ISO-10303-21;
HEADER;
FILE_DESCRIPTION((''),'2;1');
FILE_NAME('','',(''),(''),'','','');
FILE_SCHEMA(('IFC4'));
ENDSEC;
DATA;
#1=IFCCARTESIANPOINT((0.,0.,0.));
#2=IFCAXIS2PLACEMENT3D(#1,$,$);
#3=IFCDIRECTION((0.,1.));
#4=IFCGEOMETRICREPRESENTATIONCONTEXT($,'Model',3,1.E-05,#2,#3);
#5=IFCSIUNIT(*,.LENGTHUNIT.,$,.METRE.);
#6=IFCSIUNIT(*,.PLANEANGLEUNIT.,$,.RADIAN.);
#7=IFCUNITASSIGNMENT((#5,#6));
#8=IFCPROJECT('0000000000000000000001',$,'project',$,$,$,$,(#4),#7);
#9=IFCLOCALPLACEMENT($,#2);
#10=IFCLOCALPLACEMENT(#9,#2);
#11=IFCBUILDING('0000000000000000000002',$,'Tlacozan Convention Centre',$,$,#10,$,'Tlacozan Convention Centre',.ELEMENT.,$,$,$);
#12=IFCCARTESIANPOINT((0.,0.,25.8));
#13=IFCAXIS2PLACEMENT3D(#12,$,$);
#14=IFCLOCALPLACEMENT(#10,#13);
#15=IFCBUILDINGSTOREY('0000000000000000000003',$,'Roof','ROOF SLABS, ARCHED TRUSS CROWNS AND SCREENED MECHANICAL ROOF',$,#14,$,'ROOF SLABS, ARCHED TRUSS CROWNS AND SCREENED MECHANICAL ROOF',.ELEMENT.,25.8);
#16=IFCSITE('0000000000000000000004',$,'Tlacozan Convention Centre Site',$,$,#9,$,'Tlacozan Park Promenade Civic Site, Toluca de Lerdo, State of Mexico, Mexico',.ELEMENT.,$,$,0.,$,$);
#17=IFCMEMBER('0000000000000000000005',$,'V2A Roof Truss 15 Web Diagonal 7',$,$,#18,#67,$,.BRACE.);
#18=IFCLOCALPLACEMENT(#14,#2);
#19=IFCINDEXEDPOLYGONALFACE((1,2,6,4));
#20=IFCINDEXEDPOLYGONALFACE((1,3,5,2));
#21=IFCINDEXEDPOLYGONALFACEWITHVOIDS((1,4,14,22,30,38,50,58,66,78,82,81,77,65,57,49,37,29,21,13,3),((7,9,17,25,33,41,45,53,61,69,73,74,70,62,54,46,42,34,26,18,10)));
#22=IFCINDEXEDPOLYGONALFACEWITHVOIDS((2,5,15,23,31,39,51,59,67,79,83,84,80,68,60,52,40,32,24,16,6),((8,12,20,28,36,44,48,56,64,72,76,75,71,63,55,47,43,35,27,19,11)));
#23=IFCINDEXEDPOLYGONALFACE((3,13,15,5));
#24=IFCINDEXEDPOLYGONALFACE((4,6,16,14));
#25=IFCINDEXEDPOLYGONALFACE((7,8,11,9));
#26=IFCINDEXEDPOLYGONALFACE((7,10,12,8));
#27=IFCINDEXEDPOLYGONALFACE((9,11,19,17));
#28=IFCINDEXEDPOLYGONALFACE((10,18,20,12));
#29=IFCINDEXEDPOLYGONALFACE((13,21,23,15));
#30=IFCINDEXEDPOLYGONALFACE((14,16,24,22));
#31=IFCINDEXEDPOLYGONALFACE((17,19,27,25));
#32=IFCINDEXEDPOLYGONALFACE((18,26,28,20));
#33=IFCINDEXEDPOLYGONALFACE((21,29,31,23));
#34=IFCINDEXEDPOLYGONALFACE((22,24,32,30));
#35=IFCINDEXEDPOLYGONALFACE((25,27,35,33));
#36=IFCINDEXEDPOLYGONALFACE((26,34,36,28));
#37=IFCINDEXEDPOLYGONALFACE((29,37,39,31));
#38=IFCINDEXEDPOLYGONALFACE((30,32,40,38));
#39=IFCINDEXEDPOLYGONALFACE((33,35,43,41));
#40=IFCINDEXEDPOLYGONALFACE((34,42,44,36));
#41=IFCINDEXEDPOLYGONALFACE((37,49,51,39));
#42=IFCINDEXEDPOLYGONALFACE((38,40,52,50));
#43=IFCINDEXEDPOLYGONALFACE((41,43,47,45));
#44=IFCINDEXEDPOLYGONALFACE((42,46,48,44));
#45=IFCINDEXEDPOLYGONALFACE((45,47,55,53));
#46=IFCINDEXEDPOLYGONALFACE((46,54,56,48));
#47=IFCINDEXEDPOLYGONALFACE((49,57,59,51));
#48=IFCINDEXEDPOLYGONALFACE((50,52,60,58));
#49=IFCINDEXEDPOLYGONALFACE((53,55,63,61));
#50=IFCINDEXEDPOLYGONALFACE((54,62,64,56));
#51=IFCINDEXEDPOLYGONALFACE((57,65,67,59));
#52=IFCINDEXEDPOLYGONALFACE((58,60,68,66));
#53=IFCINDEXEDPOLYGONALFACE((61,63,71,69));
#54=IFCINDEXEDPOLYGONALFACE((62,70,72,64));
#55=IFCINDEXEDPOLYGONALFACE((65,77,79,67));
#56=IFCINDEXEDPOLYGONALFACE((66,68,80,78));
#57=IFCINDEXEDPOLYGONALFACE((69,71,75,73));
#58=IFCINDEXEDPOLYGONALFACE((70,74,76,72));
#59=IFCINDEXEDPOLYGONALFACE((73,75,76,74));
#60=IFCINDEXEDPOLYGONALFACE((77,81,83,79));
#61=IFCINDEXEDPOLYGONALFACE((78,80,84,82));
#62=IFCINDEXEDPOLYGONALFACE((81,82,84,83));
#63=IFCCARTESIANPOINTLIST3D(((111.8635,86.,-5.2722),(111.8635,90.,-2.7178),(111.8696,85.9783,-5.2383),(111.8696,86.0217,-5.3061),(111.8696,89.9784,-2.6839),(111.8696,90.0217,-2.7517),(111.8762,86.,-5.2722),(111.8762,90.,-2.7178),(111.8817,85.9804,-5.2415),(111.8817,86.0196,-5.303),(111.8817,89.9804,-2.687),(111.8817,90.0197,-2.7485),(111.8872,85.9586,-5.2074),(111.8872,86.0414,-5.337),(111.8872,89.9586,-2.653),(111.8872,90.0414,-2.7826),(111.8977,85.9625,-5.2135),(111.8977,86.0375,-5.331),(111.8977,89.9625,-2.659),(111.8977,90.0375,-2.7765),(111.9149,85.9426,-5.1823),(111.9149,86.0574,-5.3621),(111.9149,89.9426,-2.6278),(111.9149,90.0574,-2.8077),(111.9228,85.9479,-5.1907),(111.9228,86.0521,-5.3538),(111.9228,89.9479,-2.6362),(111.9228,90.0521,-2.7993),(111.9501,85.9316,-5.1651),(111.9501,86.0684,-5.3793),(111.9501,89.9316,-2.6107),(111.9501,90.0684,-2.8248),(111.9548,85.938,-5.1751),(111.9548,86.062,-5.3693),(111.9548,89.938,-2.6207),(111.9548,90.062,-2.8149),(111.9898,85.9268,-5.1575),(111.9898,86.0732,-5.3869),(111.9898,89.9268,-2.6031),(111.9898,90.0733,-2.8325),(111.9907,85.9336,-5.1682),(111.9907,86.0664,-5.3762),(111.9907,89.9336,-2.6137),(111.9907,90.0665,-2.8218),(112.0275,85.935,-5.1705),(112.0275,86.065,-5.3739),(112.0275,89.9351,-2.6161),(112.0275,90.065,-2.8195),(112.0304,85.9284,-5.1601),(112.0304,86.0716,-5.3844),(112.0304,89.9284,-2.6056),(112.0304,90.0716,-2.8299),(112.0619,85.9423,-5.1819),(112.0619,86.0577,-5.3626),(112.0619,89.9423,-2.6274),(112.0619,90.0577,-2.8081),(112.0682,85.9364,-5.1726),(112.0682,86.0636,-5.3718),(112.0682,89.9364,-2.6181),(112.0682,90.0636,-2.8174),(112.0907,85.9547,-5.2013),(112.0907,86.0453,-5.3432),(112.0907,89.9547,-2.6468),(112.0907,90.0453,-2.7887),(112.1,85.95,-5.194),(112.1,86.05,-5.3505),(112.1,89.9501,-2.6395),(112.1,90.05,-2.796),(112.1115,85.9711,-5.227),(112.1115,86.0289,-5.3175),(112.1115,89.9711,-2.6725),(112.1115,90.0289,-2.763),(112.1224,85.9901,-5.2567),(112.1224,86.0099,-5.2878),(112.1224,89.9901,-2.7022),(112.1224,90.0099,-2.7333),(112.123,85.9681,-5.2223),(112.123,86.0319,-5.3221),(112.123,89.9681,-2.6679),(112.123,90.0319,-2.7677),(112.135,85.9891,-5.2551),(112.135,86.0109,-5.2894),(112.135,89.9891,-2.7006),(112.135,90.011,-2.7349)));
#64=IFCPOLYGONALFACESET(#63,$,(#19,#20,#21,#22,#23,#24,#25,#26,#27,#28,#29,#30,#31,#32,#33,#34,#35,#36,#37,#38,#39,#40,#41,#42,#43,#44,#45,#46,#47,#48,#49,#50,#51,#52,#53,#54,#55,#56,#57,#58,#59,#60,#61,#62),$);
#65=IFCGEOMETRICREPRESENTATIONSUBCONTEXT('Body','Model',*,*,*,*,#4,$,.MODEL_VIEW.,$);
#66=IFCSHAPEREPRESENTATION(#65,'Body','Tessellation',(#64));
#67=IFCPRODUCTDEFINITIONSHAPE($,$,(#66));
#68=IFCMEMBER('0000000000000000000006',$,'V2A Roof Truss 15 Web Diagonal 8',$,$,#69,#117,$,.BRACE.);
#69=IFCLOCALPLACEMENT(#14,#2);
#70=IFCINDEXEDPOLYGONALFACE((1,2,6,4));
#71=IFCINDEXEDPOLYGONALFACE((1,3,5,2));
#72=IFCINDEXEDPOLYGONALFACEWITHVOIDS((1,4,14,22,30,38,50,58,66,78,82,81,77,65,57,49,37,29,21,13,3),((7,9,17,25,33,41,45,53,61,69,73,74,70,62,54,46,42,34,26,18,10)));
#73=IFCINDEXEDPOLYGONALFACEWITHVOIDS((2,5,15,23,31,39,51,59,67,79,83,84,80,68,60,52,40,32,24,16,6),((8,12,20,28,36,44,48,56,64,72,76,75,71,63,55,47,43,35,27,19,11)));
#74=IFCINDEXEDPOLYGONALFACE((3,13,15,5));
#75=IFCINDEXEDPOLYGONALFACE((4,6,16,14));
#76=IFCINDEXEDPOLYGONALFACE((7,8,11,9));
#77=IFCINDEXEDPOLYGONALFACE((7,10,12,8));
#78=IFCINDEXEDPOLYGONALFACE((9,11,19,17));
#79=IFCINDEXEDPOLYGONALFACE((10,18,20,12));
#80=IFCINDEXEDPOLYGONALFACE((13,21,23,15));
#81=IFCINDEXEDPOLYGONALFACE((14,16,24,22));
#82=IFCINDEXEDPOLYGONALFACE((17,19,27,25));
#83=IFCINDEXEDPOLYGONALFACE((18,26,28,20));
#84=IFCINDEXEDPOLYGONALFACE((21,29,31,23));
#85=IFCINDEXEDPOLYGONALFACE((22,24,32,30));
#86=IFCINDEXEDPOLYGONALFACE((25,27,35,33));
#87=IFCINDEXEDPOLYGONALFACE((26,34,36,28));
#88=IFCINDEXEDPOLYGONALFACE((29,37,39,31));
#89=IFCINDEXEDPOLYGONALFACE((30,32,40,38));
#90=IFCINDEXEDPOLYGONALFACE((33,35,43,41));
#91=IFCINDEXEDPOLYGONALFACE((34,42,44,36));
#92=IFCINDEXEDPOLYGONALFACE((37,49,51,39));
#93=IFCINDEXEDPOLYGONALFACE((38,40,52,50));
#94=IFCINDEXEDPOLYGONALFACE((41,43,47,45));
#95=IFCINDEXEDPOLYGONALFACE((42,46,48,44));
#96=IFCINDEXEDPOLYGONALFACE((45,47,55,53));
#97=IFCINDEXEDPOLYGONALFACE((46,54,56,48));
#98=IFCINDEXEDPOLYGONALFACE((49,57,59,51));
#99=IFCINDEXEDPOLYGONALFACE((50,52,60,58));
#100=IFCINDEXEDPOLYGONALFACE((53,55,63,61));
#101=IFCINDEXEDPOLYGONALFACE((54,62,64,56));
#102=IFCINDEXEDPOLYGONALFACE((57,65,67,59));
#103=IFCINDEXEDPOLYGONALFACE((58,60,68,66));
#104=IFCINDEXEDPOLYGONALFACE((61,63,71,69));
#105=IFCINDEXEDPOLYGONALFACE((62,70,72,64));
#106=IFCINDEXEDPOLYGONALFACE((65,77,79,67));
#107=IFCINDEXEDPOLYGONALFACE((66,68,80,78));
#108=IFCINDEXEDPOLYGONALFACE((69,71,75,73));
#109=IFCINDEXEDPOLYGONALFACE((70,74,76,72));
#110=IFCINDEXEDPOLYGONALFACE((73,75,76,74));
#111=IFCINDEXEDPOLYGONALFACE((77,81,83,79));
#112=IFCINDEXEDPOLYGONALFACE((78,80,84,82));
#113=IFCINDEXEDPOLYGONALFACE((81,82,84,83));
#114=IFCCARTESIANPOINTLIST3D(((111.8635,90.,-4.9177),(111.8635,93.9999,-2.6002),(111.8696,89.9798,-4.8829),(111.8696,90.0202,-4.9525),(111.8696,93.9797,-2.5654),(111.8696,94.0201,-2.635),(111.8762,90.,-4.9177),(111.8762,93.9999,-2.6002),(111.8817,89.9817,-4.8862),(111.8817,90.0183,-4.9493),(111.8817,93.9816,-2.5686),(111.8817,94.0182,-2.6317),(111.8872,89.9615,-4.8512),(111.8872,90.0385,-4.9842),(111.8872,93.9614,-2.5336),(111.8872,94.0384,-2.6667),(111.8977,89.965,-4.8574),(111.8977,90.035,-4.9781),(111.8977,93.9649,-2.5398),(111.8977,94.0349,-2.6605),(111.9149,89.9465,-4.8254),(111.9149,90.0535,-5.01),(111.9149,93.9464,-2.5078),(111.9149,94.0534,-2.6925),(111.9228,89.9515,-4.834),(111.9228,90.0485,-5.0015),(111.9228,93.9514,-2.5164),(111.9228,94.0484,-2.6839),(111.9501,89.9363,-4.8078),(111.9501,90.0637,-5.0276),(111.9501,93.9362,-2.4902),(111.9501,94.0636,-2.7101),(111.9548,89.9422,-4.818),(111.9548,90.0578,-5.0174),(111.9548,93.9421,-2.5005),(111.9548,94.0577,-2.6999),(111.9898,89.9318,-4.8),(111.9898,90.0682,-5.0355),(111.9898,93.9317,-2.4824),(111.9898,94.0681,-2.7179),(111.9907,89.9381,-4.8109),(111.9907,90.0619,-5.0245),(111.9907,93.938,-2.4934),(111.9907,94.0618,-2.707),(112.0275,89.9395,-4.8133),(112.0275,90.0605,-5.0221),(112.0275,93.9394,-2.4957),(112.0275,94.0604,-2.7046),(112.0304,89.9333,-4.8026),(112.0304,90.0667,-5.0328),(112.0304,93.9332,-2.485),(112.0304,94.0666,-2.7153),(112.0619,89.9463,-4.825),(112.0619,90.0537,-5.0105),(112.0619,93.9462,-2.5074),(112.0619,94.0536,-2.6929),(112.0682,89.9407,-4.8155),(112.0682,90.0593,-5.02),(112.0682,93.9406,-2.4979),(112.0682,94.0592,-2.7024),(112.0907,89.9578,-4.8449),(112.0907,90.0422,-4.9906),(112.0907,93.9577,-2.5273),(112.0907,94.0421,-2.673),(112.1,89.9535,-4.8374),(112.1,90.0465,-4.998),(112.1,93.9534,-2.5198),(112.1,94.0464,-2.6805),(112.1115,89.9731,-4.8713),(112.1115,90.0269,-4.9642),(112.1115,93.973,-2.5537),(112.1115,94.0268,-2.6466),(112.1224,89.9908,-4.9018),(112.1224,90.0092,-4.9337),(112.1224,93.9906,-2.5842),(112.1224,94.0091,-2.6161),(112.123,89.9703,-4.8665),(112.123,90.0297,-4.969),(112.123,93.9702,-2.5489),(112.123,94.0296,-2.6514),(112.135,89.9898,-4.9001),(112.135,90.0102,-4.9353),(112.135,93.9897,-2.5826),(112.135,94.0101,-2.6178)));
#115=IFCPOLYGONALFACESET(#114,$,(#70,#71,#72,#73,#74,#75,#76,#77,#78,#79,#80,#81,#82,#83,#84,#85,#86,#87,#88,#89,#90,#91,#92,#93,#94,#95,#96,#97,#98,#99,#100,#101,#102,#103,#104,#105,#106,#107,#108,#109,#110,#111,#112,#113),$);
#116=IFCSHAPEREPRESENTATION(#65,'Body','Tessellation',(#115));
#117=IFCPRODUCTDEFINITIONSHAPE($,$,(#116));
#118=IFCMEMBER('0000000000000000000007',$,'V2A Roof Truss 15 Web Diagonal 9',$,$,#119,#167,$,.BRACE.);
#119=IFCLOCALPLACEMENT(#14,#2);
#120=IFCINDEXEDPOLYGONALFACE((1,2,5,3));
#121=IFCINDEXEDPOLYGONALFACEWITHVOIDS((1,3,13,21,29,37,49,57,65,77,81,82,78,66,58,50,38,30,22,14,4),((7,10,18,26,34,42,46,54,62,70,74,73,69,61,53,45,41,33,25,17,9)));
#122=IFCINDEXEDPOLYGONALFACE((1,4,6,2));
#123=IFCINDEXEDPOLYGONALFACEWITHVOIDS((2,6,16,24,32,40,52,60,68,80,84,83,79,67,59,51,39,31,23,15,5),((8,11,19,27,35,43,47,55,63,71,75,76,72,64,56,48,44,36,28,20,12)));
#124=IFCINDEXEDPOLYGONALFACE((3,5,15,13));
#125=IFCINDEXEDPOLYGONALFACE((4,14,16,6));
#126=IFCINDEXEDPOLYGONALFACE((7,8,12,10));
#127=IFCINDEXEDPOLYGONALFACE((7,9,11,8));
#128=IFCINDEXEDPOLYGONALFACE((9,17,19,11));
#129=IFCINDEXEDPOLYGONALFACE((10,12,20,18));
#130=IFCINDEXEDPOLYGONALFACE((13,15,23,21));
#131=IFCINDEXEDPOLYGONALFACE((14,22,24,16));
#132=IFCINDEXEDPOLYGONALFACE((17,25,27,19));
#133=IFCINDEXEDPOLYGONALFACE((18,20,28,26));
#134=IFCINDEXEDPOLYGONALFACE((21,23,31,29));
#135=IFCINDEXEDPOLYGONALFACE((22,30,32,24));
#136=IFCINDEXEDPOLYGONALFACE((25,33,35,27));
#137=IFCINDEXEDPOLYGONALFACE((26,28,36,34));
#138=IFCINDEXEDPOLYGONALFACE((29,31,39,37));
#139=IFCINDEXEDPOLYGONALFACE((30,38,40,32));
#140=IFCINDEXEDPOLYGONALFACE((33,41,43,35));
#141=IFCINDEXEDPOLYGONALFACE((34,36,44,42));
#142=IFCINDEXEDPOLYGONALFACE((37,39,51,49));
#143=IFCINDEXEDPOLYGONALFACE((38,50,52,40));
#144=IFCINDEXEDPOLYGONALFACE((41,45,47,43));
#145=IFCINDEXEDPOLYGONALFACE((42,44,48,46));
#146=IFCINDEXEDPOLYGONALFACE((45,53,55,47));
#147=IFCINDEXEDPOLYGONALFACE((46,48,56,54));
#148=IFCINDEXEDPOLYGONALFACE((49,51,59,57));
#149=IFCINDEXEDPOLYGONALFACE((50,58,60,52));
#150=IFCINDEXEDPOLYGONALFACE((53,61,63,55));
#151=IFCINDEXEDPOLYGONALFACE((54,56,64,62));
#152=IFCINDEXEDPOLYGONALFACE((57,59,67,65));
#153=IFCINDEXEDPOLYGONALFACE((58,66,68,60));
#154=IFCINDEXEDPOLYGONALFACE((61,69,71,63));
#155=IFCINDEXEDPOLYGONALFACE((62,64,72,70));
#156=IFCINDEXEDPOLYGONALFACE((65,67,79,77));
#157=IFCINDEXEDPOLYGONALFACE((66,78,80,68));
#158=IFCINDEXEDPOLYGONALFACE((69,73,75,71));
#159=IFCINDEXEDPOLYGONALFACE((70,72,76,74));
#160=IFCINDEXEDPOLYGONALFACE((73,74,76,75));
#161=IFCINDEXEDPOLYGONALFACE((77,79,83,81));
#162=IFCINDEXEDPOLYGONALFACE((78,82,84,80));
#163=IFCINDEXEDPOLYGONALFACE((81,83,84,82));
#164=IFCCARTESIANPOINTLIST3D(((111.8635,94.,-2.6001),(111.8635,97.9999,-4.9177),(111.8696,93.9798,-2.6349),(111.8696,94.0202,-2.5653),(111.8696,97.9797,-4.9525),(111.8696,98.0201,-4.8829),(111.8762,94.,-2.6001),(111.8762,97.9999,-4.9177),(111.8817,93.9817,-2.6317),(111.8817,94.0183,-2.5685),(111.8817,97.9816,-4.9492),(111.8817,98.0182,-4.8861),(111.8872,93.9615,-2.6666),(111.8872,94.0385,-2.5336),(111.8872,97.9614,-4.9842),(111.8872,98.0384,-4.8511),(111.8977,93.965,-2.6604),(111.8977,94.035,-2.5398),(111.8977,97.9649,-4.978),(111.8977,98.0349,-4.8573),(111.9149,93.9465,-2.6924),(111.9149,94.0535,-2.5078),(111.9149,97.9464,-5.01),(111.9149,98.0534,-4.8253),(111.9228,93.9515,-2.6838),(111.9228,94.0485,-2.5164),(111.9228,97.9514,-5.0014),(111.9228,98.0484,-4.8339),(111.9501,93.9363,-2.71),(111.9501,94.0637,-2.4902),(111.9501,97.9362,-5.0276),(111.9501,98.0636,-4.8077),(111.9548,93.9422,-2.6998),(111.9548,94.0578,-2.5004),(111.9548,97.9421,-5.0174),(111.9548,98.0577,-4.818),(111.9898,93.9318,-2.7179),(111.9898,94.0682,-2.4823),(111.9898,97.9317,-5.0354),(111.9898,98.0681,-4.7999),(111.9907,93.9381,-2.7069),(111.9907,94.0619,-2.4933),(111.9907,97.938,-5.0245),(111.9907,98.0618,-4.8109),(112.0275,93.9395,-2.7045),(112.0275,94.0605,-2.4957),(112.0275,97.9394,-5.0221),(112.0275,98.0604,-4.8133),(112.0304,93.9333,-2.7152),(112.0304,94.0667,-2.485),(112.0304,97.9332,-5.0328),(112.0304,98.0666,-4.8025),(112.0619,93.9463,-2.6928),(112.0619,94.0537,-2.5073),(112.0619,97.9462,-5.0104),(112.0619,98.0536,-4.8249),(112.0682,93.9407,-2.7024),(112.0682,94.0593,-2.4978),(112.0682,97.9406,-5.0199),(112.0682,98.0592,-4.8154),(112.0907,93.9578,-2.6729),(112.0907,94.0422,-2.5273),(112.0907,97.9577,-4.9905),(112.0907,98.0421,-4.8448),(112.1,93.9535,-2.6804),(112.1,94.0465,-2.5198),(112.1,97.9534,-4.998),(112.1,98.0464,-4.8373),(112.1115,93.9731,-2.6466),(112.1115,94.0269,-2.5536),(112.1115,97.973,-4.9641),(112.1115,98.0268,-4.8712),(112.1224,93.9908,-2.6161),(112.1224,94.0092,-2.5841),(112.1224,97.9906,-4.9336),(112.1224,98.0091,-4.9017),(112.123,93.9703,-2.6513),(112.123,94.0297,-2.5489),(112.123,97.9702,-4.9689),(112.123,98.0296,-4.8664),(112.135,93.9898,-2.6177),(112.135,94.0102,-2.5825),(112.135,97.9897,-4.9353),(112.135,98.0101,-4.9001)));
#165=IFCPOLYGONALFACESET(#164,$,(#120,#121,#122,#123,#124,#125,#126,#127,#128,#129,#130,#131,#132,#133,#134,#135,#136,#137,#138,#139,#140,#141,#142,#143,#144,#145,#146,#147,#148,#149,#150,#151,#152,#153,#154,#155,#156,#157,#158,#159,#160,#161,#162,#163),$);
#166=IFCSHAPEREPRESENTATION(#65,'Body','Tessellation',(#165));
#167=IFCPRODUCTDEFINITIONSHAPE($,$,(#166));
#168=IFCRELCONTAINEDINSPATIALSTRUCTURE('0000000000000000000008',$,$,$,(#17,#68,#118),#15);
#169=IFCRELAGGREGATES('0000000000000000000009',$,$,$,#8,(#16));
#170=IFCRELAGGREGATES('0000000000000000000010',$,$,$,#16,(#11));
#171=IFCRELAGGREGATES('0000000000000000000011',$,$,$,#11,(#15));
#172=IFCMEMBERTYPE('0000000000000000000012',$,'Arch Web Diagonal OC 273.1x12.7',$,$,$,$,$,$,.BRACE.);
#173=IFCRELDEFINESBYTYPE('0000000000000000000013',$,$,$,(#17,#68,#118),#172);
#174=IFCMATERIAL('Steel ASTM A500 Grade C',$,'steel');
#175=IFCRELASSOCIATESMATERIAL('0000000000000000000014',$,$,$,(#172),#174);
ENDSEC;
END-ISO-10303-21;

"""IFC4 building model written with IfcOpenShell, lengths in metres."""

from ifc_helpers import new_model, si_unit, direction, frame, origin, origin_2d, place, context, subcontext, project, spatial, hollow_circle, extrude, material, material_profile, profile_set, type_object, element, save


model = new_model("IFC4")

# Units and contexts
model_context = context("Model", 3, precision=1e-05, world=origin(), true_north=direction((0.0, 1.0)))
body_context = subcontext(model_context, "Body", "Model", "MODEL_VIEW")
ifc_project = project(units=[si_unit("LENGTHUNIT", "METRE"), si_unit("PLANEANGLEUNIT", "RADIAN")], contexts=[model_context])

# Site, building, storey
site_placement = place(None, origin())
site = spatial("IfcSite", under=ifc_project, at=site_placement, Name="Tlacozan Convention Centre Site", LongName="Tlacozan Park Promenade Civic Site, Toluca de Lerdo, State of Mexico, Mexico", CompositionType="ELEMENT", RefElevation=0.0)
building_placement = place(site_placement, origin())
building = spatial("IfcBuilding", under=site, at=building_placement, Name="Tlacozan Convention Centre", LongName="Tlacozan Convention Centre", CompositionType="ELEMENT")
storey_placement = place(building_placement, frame((0.0, 0.0, 25.8)))
storey = spatial("IfcBuildingStorey", under=building, at=storey_placement, Name="Roof", Description="ROOF SLABS, ARCHED TRUSS CROWNS AND SCREENED MECHANICAL ROOF", LongName="ROOF SLABS, ARCHED TRUSS CROWNS AND SCREENED MECHANICAL ROOF", CompositionType="ELEMENT", Elevation=25.8)

# Members
ifc_material_1 = material(Name="Steel ASTM A500 Grade C", Category="steel")
ifc_material_profile_1 = material_profile(ifc_material_1, hollow_circle(Radius=0.1365, WallThickness=0.0127, at=origin_2d()), Name="OC 273.1x12.7")
ifc_profile_set_1 = profile_set([ifc_material_profile_1], Name="Steel ASTM A500 Grade C")
member_type_1 = type_object("IfcMemberType", Name="Arch Web Diagonal OC 273.1x12.7", PredefinedType="BRACE", material=ifc_profile_set_1)
member_1_placement = place(storey_placement, frame((112.0, 86.0, -5.2722), z_axis=(0.0, 0.842803, 0.538223), x_axis=(-1.0, 0.0, 0.0)))
element("IfcMember", 1, at=member_1_placement, inside=storey, type_object=member_type_1, Name="V2A Roof Truss 15 Web Diagonal 7", PredefinedType="BRACE", context=body_context, shape_type="SweptSolid", body=[
    extrude(hollow_circle(Radius=0.1365, WallThickness=0.0127, at=origin_2d()), origin(), (0.0, 0.0, 1.0), 4.7461),
])
for number, where, z_axis, x_axis, name in (
    (2, (112.0, 90.0, -4.9177), (0.0, 0.865254, 0.501334), (-1.0, 0.0, 0.0), "V2A Roof Truss 15 Web Diagonal 8"),
    (3, (112.0, 94.0, -2.6001), (0.0, 0.865254, -0.501334), (-1.0, 0.0, 0.0), "V2A Roof Truss 15 Web Diagonal 9"),
):
    element("IfcMember", number, at=place(storey_placement, frame(where, z_axis=z_axis, x_axis=x_axis)), inside=storey, type_object=member_type_1, Name=name, PredefinedType="BRACE", context=body_context, shape_type="SweptSolid", body=[
        extrude(hollow_circle(Radius=0.1365, WallThickness=0.0127, at=origin_2d()), origin(), (0.0, 0.0, 1.0), 4.6228),
    ])

save(model, "model.ifc")
